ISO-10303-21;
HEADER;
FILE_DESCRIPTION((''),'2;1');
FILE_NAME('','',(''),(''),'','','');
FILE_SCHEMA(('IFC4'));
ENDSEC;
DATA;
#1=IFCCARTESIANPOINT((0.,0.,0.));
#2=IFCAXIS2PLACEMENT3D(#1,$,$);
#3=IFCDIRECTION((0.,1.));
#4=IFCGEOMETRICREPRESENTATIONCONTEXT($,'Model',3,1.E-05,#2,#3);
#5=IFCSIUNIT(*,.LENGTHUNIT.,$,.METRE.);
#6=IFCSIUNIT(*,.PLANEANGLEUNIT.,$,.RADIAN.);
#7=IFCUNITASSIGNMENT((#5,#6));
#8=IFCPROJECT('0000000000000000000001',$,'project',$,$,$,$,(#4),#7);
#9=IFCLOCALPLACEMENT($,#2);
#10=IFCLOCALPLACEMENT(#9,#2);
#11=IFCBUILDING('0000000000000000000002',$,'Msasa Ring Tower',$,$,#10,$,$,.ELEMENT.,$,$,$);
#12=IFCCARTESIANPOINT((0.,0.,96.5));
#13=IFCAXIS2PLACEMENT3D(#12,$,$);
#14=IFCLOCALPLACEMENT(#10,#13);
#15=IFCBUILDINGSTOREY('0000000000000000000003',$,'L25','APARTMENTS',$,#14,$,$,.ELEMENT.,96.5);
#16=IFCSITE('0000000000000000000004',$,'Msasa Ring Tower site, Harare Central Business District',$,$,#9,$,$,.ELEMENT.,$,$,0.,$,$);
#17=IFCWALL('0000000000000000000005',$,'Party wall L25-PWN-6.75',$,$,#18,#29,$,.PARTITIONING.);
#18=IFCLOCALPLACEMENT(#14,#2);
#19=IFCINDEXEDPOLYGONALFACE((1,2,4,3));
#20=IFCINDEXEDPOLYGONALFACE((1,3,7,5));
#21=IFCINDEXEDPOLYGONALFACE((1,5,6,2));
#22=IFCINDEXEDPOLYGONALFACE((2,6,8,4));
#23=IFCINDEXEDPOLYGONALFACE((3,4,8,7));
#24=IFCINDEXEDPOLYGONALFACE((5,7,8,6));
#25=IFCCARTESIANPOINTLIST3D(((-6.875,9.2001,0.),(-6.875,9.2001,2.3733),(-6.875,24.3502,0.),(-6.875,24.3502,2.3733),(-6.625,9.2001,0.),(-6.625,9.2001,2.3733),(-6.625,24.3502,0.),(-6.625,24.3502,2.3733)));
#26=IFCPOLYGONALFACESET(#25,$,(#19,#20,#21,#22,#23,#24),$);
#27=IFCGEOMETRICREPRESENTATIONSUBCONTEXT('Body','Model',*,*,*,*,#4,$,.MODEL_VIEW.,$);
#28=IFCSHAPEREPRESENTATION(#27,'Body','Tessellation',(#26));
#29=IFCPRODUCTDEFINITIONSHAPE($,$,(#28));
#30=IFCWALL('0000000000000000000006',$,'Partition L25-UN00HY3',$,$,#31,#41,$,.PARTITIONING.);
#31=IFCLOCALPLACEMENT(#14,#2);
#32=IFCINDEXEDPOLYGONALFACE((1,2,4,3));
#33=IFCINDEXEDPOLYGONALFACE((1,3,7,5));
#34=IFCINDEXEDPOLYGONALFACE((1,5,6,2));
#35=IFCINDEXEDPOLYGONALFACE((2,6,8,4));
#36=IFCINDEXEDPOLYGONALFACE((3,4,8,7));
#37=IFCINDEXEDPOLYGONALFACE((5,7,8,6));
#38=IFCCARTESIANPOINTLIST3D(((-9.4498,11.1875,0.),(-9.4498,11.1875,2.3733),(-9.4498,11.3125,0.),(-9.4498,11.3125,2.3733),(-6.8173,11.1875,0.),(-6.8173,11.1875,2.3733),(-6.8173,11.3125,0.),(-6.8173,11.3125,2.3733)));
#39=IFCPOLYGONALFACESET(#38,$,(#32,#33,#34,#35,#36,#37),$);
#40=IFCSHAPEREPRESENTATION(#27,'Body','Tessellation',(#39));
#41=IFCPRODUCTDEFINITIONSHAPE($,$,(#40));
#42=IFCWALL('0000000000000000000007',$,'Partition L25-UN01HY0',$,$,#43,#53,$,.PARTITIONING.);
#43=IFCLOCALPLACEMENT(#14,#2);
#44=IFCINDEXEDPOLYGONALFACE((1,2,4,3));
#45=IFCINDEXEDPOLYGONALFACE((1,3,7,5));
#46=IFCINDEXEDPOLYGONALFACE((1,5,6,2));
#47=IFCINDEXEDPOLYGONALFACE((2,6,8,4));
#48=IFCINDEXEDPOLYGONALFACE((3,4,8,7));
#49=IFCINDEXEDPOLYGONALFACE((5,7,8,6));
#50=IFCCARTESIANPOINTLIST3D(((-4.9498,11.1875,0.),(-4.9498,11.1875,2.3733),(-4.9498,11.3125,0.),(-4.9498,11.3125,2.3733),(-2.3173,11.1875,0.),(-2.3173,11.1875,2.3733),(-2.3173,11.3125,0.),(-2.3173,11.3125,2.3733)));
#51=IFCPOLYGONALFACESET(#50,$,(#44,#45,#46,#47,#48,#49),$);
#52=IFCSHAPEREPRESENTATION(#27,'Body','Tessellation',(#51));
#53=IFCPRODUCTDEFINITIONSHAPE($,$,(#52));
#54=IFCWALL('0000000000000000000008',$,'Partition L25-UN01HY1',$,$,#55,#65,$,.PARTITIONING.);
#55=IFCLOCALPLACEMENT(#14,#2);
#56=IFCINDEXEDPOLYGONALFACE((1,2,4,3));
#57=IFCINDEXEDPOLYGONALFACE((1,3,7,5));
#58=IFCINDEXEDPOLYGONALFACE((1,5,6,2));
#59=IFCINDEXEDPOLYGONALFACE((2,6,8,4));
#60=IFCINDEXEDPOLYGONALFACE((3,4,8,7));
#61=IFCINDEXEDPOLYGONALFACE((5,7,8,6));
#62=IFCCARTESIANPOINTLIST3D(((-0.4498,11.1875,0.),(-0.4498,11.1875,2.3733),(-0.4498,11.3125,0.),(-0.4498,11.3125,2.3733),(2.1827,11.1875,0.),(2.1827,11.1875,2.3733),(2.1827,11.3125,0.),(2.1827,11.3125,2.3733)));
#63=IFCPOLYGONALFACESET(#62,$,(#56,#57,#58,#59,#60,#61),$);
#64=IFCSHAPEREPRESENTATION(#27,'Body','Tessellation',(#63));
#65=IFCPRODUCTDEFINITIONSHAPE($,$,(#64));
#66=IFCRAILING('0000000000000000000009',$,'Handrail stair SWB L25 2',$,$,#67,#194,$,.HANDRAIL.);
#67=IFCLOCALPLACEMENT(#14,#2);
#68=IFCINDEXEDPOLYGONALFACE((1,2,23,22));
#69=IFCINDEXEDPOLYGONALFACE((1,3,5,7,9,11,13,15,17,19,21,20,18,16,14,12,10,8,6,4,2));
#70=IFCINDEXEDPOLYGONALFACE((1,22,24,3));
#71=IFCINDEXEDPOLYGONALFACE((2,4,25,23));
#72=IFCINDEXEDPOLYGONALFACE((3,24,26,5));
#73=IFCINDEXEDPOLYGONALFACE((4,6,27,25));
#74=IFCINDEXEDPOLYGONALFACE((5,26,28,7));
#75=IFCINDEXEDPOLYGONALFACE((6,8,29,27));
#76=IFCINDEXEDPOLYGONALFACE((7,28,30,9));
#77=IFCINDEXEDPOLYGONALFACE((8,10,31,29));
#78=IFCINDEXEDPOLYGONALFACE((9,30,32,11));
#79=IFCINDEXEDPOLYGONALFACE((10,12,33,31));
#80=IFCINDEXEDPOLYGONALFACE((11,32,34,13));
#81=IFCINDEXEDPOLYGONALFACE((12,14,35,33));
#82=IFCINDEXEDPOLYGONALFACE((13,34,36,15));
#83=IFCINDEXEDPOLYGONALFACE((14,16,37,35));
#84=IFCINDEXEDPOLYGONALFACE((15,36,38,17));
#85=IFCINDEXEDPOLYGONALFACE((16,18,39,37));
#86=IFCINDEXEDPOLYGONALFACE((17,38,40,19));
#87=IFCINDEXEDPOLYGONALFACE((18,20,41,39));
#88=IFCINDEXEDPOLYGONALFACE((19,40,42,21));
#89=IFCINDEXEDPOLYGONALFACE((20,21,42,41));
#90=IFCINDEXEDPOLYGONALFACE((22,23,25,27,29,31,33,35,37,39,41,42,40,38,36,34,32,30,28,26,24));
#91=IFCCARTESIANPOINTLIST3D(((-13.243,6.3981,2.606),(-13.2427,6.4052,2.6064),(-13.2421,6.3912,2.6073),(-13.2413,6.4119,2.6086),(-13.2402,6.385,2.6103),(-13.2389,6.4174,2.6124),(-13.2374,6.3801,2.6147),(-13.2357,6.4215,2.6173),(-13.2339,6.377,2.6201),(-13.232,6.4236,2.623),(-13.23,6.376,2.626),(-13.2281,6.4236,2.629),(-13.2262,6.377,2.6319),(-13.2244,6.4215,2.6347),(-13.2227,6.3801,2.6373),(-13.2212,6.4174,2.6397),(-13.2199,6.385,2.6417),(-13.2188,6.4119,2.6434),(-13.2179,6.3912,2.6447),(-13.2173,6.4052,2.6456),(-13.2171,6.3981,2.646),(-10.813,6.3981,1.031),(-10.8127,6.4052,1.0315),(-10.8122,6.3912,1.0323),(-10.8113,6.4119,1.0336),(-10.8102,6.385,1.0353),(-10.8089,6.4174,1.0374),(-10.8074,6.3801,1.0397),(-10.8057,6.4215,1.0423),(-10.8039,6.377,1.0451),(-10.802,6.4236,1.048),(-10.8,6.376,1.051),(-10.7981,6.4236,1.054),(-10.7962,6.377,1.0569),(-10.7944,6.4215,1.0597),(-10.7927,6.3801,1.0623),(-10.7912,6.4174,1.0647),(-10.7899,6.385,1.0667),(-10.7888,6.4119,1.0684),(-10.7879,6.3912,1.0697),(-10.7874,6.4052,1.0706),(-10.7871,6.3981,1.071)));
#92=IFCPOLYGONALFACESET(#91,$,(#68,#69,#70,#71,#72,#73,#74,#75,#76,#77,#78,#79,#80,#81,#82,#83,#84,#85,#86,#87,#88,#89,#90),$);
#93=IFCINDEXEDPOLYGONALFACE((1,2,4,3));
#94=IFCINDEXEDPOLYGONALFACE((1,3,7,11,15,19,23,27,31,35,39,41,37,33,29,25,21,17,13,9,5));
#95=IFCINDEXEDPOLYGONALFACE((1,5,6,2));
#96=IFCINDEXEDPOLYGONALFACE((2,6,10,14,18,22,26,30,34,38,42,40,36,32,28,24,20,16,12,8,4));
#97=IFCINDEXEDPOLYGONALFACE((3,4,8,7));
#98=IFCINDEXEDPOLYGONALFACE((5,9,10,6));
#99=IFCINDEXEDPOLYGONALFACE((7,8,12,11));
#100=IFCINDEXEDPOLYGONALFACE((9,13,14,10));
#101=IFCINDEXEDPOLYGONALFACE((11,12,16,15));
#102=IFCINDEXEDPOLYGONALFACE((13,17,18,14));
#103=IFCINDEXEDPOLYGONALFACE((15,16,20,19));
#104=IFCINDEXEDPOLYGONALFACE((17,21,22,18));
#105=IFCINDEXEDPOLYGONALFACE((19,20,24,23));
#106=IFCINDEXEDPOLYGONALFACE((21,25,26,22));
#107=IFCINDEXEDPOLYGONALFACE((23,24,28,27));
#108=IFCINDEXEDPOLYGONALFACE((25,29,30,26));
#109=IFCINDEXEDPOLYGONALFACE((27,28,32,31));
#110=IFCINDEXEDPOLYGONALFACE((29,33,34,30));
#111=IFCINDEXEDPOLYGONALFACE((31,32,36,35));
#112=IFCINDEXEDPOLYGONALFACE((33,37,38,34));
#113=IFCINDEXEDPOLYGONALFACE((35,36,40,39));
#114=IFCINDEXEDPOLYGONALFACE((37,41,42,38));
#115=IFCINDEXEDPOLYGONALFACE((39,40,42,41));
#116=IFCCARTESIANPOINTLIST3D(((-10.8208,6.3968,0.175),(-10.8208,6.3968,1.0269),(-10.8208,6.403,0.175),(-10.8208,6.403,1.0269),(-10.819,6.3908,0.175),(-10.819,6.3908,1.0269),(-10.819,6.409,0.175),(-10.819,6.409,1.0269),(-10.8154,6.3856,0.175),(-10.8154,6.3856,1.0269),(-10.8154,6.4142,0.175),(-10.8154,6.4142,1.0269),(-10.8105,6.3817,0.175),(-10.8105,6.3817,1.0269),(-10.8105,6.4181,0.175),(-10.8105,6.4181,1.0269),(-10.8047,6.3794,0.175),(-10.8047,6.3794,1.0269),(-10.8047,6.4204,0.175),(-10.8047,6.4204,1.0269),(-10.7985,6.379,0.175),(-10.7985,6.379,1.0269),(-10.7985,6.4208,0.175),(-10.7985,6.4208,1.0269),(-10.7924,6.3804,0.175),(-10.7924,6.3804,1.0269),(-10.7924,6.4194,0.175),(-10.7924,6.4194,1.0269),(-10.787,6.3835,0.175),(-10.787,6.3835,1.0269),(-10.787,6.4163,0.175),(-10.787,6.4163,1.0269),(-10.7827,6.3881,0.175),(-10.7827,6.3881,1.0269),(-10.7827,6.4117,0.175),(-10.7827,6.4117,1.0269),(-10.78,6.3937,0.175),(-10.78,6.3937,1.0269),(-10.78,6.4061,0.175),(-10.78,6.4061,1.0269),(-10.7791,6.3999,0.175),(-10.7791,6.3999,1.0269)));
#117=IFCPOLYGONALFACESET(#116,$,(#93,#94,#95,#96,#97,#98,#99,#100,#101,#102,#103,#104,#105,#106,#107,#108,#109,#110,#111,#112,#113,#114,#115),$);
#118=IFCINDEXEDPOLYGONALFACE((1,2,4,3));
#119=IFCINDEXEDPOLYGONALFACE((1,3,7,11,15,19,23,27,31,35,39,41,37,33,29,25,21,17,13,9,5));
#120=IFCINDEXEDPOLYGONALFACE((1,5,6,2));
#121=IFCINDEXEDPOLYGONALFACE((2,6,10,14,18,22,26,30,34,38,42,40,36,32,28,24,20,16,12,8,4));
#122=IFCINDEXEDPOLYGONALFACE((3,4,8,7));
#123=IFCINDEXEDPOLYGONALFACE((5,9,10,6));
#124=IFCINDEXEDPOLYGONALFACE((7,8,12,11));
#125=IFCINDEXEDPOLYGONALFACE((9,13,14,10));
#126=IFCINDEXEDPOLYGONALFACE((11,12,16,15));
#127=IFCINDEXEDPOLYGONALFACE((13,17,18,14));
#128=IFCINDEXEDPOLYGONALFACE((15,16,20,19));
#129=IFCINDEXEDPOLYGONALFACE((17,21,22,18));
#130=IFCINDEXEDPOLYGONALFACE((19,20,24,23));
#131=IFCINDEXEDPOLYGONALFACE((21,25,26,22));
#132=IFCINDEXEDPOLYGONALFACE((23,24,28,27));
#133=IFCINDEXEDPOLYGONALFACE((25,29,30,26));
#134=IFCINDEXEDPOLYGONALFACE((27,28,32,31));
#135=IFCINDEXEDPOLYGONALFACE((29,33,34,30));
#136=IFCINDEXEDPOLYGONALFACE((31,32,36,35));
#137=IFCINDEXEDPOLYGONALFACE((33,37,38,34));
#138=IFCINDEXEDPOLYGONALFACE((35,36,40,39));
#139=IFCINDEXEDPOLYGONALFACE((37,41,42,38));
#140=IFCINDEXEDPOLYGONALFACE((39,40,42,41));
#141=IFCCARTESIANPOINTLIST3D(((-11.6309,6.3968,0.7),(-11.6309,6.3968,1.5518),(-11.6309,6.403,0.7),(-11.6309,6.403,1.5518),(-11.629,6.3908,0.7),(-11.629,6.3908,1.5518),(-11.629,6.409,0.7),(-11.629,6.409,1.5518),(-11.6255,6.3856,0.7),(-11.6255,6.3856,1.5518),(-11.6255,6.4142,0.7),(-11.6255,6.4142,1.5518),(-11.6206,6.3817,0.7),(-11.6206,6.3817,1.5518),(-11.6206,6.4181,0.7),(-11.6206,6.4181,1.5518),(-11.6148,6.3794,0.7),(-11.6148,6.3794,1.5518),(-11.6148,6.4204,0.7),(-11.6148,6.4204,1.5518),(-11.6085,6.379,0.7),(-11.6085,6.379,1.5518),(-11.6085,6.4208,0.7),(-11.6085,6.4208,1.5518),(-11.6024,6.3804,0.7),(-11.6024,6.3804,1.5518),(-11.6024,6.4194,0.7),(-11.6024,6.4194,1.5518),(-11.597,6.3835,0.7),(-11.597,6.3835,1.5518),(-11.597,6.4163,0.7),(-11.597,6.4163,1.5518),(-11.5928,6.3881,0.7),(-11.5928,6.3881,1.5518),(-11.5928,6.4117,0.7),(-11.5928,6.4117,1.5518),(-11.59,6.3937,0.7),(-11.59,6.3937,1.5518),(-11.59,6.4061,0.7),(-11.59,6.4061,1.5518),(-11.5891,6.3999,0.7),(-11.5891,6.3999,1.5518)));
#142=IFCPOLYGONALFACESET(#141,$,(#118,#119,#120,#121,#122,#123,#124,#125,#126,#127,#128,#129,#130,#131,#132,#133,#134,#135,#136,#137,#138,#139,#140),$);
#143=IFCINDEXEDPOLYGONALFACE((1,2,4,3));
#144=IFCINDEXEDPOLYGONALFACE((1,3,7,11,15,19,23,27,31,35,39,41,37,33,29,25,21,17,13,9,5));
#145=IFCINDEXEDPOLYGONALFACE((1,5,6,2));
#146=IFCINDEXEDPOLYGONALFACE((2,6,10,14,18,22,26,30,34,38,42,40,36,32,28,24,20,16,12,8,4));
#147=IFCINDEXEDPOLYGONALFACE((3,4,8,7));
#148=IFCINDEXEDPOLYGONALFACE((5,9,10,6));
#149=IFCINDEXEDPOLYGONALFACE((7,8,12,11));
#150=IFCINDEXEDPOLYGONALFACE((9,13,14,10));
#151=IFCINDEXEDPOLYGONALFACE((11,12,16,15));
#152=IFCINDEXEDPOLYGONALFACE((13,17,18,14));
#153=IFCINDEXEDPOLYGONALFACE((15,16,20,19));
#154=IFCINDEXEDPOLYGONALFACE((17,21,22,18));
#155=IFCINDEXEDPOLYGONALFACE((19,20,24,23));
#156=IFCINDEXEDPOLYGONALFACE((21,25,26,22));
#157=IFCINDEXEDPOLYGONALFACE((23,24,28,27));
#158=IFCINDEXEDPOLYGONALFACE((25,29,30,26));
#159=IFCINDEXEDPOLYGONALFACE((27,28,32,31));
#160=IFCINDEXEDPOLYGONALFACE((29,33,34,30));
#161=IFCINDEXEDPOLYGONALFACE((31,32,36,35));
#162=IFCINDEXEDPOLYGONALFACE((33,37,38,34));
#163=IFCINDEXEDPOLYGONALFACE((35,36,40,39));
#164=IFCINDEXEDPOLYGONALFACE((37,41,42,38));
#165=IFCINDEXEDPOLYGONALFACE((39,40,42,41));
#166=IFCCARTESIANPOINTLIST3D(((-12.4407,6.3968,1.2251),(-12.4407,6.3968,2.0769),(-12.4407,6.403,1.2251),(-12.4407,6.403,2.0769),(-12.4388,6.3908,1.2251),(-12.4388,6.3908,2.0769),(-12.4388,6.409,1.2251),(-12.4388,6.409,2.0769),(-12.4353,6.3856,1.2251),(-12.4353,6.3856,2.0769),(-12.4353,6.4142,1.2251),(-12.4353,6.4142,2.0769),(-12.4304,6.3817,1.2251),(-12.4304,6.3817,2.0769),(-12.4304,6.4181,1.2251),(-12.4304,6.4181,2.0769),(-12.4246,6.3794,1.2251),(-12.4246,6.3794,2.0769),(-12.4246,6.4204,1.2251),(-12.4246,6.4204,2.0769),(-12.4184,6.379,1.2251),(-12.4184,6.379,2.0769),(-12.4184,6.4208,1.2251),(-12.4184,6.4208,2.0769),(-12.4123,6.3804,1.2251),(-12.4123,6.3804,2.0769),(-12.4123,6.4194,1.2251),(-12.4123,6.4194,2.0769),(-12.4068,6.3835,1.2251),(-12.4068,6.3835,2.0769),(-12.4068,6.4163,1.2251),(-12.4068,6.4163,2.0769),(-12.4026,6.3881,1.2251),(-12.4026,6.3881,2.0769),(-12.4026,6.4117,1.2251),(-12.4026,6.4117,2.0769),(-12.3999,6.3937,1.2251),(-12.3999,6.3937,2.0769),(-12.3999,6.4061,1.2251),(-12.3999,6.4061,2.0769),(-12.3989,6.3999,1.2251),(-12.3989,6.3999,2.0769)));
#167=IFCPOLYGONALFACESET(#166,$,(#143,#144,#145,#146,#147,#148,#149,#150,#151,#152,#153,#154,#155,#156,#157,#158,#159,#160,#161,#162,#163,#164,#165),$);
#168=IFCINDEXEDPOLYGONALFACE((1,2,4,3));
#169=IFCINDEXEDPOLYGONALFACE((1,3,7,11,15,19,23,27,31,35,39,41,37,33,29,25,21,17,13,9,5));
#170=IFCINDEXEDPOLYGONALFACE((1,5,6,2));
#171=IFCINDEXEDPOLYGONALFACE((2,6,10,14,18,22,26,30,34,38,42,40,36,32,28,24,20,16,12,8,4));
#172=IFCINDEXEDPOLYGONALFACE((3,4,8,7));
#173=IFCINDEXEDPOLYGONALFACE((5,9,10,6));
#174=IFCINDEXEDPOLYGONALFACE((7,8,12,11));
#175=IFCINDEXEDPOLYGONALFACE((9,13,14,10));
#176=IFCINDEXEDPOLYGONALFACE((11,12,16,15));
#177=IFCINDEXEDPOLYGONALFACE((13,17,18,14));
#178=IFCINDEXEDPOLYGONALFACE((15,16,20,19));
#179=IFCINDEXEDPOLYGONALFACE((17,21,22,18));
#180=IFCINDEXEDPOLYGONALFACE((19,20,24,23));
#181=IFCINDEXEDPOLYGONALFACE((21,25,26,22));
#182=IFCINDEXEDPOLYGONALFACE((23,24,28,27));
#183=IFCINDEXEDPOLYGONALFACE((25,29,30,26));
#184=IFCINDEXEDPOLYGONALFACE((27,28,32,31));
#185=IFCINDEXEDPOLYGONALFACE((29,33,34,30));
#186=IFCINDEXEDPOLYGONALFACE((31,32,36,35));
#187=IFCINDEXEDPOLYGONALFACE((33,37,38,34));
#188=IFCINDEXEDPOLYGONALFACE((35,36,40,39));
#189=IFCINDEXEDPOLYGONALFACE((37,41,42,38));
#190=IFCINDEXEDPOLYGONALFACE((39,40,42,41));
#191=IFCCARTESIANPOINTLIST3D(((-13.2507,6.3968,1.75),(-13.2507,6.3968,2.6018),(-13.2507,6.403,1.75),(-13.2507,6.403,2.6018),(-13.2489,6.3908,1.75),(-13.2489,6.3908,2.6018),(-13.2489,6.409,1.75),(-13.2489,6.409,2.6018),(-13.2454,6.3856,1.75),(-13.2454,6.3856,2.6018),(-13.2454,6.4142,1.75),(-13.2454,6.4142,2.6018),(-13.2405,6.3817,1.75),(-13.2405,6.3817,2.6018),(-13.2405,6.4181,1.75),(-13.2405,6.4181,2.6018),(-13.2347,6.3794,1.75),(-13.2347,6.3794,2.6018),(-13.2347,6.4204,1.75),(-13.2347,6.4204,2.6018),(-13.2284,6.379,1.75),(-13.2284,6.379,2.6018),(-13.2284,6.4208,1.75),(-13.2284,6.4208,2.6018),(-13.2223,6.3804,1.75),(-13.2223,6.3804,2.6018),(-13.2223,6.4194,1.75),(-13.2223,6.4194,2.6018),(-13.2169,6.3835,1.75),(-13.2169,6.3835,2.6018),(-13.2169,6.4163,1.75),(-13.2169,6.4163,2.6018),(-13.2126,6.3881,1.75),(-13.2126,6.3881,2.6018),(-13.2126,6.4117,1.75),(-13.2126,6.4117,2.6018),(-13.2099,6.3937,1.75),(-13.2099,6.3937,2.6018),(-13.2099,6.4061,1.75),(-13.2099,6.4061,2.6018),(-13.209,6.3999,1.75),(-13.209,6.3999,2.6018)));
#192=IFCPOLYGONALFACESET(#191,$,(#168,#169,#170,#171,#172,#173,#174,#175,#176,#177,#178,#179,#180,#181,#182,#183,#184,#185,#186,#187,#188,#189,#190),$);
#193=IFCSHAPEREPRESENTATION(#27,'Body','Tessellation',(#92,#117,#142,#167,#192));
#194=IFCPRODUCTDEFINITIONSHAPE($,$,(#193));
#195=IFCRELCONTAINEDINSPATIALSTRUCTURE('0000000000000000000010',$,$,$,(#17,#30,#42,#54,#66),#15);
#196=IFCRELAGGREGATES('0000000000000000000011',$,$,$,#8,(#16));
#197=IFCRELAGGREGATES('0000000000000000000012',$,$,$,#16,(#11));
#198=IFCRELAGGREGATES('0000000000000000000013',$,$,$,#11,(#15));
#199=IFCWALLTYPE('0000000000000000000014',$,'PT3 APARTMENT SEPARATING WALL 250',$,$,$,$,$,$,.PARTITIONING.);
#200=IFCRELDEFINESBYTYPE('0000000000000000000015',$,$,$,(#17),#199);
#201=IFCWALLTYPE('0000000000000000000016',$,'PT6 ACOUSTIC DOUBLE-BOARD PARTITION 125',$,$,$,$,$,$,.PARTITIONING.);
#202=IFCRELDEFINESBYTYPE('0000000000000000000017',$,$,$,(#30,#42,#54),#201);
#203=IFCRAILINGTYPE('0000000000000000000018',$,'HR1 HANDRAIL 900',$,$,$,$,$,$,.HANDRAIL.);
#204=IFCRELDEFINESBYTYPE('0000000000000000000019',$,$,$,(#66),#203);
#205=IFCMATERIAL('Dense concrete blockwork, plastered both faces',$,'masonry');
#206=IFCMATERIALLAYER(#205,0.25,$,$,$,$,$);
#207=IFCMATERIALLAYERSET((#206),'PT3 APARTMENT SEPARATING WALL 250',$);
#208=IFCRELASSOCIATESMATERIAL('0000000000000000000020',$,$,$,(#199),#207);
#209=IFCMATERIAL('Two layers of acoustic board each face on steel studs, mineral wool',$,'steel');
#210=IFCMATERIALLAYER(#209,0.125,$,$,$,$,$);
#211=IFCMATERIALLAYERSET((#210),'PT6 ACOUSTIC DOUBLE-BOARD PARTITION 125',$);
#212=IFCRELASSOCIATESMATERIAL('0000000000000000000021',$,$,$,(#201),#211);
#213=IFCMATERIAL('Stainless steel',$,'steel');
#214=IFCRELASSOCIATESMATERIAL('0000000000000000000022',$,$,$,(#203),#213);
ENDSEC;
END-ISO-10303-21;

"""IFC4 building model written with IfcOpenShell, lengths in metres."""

from ifc_helpers import new_model, si_unit, direction, frame, frame_2d, origin, origin_2d, place, context, subcontext, project, spatial, rectangle, circle, extrude, material, layer, layer_set, type_object, element, save


model = new_model("IFC4")

# Units and contexts
model_context = context("Model", 3, precision=1e-05, world=origin(), true_north=direction((0.0, 1.0)))
body_context = subcontext(model_context, "Body", "Model", "MODEL_VIEW")
ifc_project = project(units=[si_unit("LENGTHUNIT", "METRE"), si_unit("PLANEANGLEUNIT", "RADIAN")], contexts=[model_context])

# Site, building, storey
site_placement = place(None, origin())
site = spatial("IfcSite", under=ifc_project, at=site_placement, Name="Msasa Ring Tower site, Harare Central Business District", CompositionType="ELEMENT", RefElevation=0.0)
building_placement = place(site_placement, origin())
building = spatial("IfcBuilding", under=site, at=building_placement, Name="Msasa Ring Tower", CompositionType="ELEMENT")
storey_placement = place(building_placement, frame((0.0, 0.0, 96.5)))
storey = spatial("IfcBuildingStorey", under=building, at=storey_placement, Name="L25", Description="APARTMENTS", CompositionType="ELEMENT", Elevation=96.5)

# Walls
ifc_material_1 = material(Name="Dense concrete blockwork, plastered both faces", Category="masonry")
ifc_layer_1 = layer(ifc_material_1, 0.25)
ifc_layer_set_1 = layer_set([ifc_layer_1], Name="PT3 APARTMENT SEPARATING WALL 250")
wall_type_1 = type_object("IfcWallType", Name="PT3 APARTMENT SEPARATING WALL 250", PredefinedType="PARTITIONING", material=ifc_layer_set_1)
wall_1_placement = place(storey_placement, frame((-6.75, 9.2, 0.0), z_axis=(0.0, 0.0, 1.0), x_axis=(0.0, 1.0, 0.0)))
element("IfcWall", 1, at=wall_1_placement, inside=storey, type_object=wall_type_1, Name="Party wall L25-PWN-6.75", PredefinedType="PARTITIONING", context=body_context, shape_type="SweptSolid", body=[
    extrude(rectangle(XDim=15.1501, YDim=0.25, at=frame_2d((7.5752, 0.0))), origin(), (0.0, 0.0, 1.0), 2.3733),
])
ifc_material_2 = material(Name="Two layers of acoustic board each face on steel studs, mineral wool", Category="steel")
ifc_layer_2 = layer(ifc_material_2, 0.125)
ifc_layer_set_2 = layer_set([ifc_layer_2], Name="PT6 ACOUSTIC DOUBLE-BOARD PARTITION 125")
wall_type_2 = type_object("IfcWallType", Name="PT6 ACOUSTIC DOUBLE-BOARD PARTITION 125", PredefinedType="PARTITIONING", material=ifc_layer_set_2)
for number, where, z_axis, x_axis, name in (
    (2, (-9.45, 11.25, 0.0), (0.0, 0.0, 1.0), (1.0, 0.0, 0.0), "Partition L25-UN00HY3"),
    (3, (-4.95, 11.25, 0.0), (0.0, 0.0, 1.0), (1.0, 0.0, 0.0), "Partition L25-UN01HY0"),
    (4, (-0.45, 11.25, 0.0), (0.0, 0.0, 1.0), (1.0, 0.0, 0.0), "Partition L25-UN01HY1"),
):
    element("IfcWall", number, at=place(storey_placement, frame(where, z_axis=z_axis, x_axis=x_axis)), inside=storey, type_object=wall_type_2, Name=name, PredefinedType="PARTITIONING", context=body_context, shape_type="SweptSolid", body=[
        extrude(rectangle(XDim=2.6326, YDim=0.125, at=frame_2d((1.3164, 0.0))), origin(), (0.0, 0.0, 1.0), 2.3733),
    ])

# Railing
ifc_material_3 = material(Name="Stainless steel", Category="steel")
railing_type = type_object("IfcRailingType", Name="HR1 HANDRAIL 900", PredefinedType="HANDRAIL", material=ifc_material_3)
railing_placement = place(storey_placement, frame((-10.8, 6.3999, 0.175)))
element("IfcRailing", 5, at=railing_placement, inside=storey, type_object=railing_type, Name="Handrail stair SWB L25 2", PredefinedType="HANDRAIL", context=body_context, shape_type="SweptSolid", body=[
    extrude(circle(Radius=0.0239, at=origin_2d()), frame((0.0, 0.0, 0.876), z_axis=(-0.839154, 0.0, 0.543894), x_axis=(0.0, -1.0, 0.0)), (0.0, 0.0, 1.0), 2.8958),
    extrude(circle(Radius=0.021, at=origin_2d()), origin(), (0.0, 0.0, 1.0), 0.8518),
    extrude(circle(Radius=0.021, at=origin_2d()), frame((-0.8101, 0.0, 0.5249)), (0.0, 0.0, 1.0), 0.8518),
    extrude(circle(Radius=0.021, at=origin_2d()), frame((-1.6199, 0.0, 1.05)), (0.0, 0.0, 1.0), 0.8518),
    extrude(circle(Radius=0.021, at=origin_2d()), frame((-2.4299, 0.0, 1.575)), (0.0, 0.0, 1.0), 0.8518),
])

save(model, "model.ifc")
